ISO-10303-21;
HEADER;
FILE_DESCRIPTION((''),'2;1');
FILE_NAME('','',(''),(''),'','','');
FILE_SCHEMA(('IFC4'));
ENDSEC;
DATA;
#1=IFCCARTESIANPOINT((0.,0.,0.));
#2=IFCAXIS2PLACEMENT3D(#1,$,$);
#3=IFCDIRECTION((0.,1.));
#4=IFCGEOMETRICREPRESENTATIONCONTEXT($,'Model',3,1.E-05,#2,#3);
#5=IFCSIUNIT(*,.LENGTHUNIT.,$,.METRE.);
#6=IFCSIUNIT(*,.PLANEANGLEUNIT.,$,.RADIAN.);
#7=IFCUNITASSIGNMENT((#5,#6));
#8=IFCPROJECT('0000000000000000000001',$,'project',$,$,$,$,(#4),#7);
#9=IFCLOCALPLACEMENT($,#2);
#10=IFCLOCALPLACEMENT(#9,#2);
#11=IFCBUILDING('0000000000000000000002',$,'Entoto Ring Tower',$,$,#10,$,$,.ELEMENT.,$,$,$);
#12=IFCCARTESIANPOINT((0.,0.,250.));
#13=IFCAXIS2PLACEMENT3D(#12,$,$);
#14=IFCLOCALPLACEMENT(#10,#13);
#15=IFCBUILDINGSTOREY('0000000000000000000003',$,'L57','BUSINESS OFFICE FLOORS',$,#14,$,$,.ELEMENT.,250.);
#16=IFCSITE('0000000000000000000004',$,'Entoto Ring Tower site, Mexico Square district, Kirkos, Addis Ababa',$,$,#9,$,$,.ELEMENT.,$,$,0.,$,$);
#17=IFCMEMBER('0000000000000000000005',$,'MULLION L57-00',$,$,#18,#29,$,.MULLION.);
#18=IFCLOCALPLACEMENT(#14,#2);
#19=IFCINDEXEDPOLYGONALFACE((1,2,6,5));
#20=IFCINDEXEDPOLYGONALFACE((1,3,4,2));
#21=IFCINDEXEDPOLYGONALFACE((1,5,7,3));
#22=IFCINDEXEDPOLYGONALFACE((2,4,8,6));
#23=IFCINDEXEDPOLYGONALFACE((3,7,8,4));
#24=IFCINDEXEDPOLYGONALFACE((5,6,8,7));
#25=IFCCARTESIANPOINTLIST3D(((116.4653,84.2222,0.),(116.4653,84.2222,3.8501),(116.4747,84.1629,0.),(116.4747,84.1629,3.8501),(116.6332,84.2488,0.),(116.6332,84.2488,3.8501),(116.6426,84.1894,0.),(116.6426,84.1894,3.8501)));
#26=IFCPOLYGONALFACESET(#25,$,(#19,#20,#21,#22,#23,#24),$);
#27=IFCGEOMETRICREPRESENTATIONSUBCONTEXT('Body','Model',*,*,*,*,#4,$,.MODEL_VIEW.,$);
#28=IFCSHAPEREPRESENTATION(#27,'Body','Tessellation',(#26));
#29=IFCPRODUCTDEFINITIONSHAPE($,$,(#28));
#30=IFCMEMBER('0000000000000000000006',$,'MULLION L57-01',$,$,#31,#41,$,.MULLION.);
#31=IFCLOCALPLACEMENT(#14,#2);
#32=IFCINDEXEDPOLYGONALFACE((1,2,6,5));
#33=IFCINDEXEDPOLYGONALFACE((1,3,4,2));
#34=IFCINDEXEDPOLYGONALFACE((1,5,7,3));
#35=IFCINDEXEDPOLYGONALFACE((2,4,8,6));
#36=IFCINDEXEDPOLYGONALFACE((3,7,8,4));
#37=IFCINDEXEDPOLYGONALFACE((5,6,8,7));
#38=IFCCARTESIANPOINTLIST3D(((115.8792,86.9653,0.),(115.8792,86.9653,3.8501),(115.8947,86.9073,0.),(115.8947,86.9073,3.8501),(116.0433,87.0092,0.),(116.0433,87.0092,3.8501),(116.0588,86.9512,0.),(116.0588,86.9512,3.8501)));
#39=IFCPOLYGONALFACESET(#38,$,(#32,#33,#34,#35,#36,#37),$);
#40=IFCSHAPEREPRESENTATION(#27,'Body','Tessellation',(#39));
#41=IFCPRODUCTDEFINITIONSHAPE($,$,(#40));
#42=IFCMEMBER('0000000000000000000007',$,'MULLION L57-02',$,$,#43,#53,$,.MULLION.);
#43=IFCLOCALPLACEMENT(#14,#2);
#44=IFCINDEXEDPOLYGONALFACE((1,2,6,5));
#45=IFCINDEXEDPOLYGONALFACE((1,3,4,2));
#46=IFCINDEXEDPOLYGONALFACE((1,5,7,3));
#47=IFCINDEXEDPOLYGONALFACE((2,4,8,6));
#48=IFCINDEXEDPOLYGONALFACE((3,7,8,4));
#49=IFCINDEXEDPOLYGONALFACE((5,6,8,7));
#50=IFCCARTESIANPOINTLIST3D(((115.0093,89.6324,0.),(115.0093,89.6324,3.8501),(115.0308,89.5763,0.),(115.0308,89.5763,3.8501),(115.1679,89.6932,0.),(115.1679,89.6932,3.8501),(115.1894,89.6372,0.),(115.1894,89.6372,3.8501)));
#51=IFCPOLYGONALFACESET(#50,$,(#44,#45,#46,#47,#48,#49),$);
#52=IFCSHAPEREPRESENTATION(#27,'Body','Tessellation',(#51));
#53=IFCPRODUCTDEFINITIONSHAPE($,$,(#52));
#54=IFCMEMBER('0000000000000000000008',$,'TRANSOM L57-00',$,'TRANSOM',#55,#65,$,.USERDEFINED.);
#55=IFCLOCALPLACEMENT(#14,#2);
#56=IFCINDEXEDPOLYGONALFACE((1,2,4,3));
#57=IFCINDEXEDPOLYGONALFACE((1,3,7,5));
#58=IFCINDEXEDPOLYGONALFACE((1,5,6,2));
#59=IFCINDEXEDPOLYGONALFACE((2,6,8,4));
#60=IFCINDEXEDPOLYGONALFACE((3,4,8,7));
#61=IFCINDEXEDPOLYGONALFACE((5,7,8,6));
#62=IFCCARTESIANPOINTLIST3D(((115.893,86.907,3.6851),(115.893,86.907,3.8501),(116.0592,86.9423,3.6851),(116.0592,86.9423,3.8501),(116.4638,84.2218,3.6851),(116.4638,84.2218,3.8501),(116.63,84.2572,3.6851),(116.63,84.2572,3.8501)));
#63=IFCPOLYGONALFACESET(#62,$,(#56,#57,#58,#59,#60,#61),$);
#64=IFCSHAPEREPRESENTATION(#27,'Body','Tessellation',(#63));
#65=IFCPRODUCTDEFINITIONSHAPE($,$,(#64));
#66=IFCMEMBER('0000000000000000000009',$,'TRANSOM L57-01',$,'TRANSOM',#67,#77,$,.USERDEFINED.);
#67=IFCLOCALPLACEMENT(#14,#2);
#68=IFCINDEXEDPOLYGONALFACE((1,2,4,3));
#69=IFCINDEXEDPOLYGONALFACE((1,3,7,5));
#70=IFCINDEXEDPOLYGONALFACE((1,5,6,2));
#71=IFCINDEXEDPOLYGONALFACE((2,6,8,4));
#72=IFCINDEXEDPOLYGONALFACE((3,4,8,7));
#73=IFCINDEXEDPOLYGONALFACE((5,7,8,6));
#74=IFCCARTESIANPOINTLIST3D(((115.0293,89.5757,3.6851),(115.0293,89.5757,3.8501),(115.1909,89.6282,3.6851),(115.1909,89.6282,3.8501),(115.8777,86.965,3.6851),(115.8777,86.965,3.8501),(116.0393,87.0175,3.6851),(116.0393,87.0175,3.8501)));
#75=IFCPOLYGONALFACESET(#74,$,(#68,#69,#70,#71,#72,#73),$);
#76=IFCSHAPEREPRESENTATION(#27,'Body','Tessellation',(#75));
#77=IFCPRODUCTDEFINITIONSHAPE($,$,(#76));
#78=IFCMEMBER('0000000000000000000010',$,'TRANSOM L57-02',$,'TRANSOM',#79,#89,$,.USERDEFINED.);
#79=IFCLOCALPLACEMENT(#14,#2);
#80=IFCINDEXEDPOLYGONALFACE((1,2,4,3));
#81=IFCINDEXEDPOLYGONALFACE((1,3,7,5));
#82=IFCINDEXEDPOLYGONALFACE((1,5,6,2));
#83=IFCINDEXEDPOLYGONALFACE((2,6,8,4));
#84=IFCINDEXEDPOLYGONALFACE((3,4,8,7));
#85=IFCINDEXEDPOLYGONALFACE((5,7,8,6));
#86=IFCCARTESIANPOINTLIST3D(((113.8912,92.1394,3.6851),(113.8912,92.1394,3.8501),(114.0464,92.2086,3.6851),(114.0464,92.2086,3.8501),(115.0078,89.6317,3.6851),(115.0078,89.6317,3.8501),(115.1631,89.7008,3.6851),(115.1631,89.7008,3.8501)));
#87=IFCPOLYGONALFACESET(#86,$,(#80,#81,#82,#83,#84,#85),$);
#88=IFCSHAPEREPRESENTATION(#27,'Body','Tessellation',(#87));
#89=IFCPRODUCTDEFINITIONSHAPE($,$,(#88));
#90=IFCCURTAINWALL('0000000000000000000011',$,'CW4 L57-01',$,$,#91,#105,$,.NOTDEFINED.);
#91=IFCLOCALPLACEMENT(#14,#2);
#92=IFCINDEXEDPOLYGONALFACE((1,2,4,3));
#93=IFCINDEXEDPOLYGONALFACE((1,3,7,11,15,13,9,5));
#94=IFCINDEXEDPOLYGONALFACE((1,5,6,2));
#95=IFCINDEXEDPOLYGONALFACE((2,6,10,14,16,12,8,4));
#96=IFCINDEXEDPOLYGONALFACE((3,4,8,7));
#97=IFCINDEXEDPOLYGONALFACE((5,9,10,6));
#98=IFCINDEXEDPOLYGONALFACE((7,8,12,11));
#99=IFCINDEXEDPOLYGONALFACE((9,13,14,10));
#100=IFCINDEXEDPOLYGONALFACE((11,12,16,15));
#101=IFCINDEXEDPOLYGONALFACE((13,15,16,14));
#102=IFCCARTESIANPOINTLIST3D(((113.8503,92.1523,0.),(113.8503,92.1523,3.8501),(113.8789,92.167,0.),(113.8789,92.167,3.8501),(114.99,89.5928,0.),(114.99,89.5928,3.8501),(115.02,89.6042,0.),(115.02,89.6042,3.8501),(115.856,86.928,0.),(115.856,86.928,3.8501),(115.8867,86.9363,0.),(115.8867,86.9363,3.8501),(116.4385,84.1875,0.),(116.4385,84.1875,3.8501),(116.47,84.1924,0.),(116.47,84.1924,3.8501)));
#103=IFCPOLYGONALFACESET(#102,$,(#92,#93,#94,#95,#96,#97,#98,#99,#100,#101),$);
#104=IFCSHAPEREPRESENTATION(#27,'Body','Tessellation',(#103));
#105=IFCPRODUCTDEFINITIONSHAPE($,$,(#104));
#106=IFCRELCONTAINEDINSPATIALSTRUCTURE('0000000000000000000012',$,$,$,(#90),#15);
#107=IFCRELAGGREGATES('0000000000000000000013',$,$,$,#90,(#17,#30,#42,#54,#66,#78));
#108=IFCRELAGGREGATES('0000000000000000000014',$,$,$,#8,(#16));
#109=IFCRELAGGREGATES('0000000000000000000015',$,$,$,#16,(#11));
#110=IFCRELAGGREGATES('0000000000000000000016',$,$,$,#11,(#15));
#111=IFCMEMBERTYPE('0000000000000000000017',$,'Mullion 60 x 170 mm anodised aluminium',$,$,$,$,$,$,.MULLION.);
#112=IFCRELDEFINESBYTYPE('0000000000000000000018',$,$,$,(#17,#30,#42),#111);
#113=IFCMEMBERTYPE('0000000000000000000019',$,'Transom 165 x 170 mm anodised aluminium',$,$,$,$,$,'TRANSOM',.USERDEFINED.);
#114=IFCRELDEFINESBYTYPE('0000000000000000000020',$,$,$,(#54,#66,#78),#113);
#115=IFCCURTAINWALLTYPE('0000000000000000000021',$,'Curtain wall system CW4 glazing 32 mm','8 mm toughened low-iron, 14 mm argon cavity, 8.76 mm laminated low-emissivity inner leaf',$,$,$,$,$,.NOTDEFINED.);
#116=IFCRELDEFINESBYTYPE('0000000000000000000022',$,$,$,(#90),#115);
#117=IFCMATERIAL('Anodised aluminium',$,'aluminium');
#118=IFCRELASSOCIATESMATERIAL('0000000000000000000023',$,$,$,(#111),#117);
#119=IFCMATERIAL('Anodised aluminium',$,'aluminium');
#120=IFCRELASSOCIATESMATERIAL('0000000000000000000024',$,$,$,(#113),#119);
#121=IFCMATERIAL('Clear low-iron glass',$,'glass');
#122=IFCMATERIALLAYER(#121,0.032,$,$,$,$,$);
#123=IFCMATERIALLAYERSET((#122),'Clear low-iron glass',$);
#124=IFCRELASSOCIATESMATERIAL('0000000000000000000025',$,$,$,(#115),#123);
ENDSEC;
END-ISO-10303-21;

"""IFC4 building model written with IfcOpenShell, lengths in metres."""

from ifc_helpers import new_model, si_unit, direction, frame, origin, origin_2d, place, context, subcontext, project, spatial, polyline, rectangle, outline, extrude, material, layer, layer_set, material_profile, profile_set, type_object, element, aggregate, save


model = new_model("IFC4")

# Units and contexts
model_context = context("Model", 3, precision=1e-05, world=origin(), true_north=direction((0.0, 1.0)))
body_context = subcontext(model_context, "Body", "Model", "MODEL_VIEW")
ifc_project = project(units=[si_unit("LENGTHUNIT", "METRE"), si_unit("PLANEANGLEUNIT", "RADIAN")], contexts=[model_context])

# Members
ifc_material_1 = material(Name="Anodised aluminium", Category="aluminium")
ifc_material_profile_1 = material_profile(ifc_material_1, rectangle(XDim=0.0601, YDim=0.1699, at=origin_2d()), Name="Mullion 60 x 170 mm anodised aluminium")
ifc_profile_set_1 = profile_set([ifc_material_profile_1], Name="Anodised aluminium")
member_type_1 = type_object("IfcMemberType", Name="Mullion 60 x 170 mm anodised aluminium", PredefinedType="MULLION", material=ifc_profile_set_1)
site_placement = place(None, origin())
building_placement = place(site_placement, origin())
storey_placement = place(building_placement, frame((0.0, 0.0, 250.0)))
member_1_placement = place(storey_placement, frame((116.554, 84.2058, 0.0), z_axis=(0.0, 0.0, 1.0), x_axis=(-0.156434, 0.987688, 0.0)))
member_1 = element("IfcMember", 1, at=member_1_placement, type_object=member_type_1, Name="MULLION L57-00", PredefinedType="MULLION", context=body_context, shape_type="SweptSolid", body=[
    extrude(rectangle(XDim=0.0601, YDim=0.1699, at=origin_2d()), origin(), (0.0, 0.0, 1.0), 3.8501),
])
member_2_placement = place(storey_placement, frame((115.969, 86.9583, 0.0), z_axis=(0.0, 0.0, 1.0), x_axis=(-0.258819, 0.965926, 0.0)))
member_2 = element("IfcMember", 2, at=member_2_placement, type_object=member_type_1, Name="MULLION L57-01", PredefinedType="MULLION", context=body_context, shape_type="SweptSolid", body=[
    extrude(rectangle(XDim=0.0601, YDim=0.1699, at=origin_2d()), origin(), (0.0, 0.0, 1.0), 3.8501),
])
member_3_placement = place(storey_placement, frame((115.0994, 89.6348, 0.0), z_axis=(0.0, 0.0, 1.0), x_axis=(-0.358368, 0.93358, 0.0)))
member_3 = element("IfcMember", 3, at=member_3_placement, type_object=member_type_1, Name="MULLION L57-02", PredefinedType="MULLION", context=body_context, shape_type="SweptSolid", body=[
    extrude(rectangle(XDim=0.0601, YDim=0.1699, at=origin_2d()), origin(), (0.0, 0.0, 1.0), 3.8501),
])
ifc_material_2 = material(Name="Anodised aluminium", Category="aluminium")
ifc_material_profile_2 = material_profile(ifc_material_2, rectangle(XDim=0.1699, YDim=0.165, at=origin_2d()), Name="Transom 165 x 170 mm anodised aluminium")
ifc_profile_set_2 = profile_set([ifc_material_profile_2], Name="Anodised aluminium")
member_type_2 = type_object("IfcMemberType", Name="Transom 165 x 170 mm anodised aluminium", ElementType="TRANSOM", PredefinedType="USERDEFINED", material=ifc_profile_set_2)
member_4_placement = place(storey_placement, frame((116.5469, 84.2395, 3.7676), z_axis=(-0.207937, 0.978142, 0.0), x_axis=(-0.978142, -0.207937, 0.0)))
member_4 = element("IfcMember", 4, at=member_4_placement, type_object=member_type_2, Name="TRANSOM L57-00", ObjectType="TRANSOM", PredefinedType="USERDEFINED", context=body_context, shape_type="SweptSolid", body=[
    extrude(rectangle(XDim=0.1699, YDim=0.165, at=origin_2d()), origin(), (0.0, 0.0, 1.0), 2.7451),
])
member_5_placement = place(storey_placement, frame((115.9585, 86.9912, 3.7676), z_axis=(-0.309042, 0.951048, 0.0), x_axis=(-0.951048, -0.309042, 0.0)))
member_5 = element("IfcMember", 5, at=member_5_placement, type_object=member_type_2, Name="TRANSOM L57-01", ObjectType="TRANSOM", PredefinedType="USERDEFINED", context=body_context, shape_type="SweptSolid", body=[
    extrude(rectangle(XDim=0.1699, YDim=0.165, at=origin_2d()), origin(), (0.0, 0.0, 1.0), 2.7451),
])
member_6_placement = place(storey_placement, frame((115.0854, 89.6663, 3.7676), z_axis=(-0.406782, 0.913525, 0.0), x_axis=(-0.913525, -0.406782, 0.0)))
member_6 = element("IfcMember", 6, at=member_6_placement, type_object=member_type_2, Name="TRANSOM L57-02", ObjectType="TRANSOM", PredefinedType="USERDEFINED", context=body_context, shape_type="SweptSolid", body=[
    extrude(rectangle(XDim=0.1699, YDim=0.165, at=origin_2d()), origin(), (0.0, 0.0, 1.0), 2.7451),
])

# Site, building, storey
site = spatial("IfcSite", under=ifc_project, at=site_placement, Name="Entoto Ring Tower site, Mexico Square district, Kirkos, Addis Ababa", CompositionType="ELEMENT", RefElevation=0.0)
building = spatial("IfcBuilding", under=site, at=building_placement, Name="Entoto Ring Tower", CompositionType="ELEMENT")
storey = spatial("IfcBuildingStorey", under=building, at=storey_placement, Name="L57", Description="BUSINESS OFFICE FLOORS", CompositionType="ELEMENT", Elevation=250.0)

# Curtain wall
ifc_material_3 = material(Name="Clear low-iron glass", Category="glass")
ifc_layer_1 = layer(ifc_material_3, 0.032)
ifc_layer_set_1 = layer_set([ifc_layer_1], Name="Clear low-iron glass")
curtain_wall_type = type_object("IfcCurtainWallType", Name="Curtain wall system CW4 glazing 32 mm", Description="8 mm toughened low-iron, 14 mm argon cavity, 8.76 mm laminated low-emissivity inner leaf", PredefinedType="NOTDEFINED", material=ifc_layer_set_1)
curtain_wall_1_placement = place(storey_placement, origin())
curtain_wall_1 = element("IfcCurtainWall", 7, at=curtain_wall_1_placement, inside=storey, type_object=curtain_wall_type, Name="CW4 L57-01", PredefinedType="NOTDEFINED", context=body_context, shape_type="SweptSolid", body=[
    extrude(outline(polyline([(116.47, 84.1924), (115.8867, 86.9363), (115.02, 89.6042), (113.8789, 92.167), (113.8503, 92.1523), (114.99, 89.5928), (115.856, 86.928), (116.4385, 84.1875), (116.47, 84.1924)])), origin(), (0.0, 0.0, 1.0), 3.8501),
])
aggregate(curtain_wall_1, [member_1, member_2, member_3, member_4, member_5, member_6])

save(model, "model.ifc")
